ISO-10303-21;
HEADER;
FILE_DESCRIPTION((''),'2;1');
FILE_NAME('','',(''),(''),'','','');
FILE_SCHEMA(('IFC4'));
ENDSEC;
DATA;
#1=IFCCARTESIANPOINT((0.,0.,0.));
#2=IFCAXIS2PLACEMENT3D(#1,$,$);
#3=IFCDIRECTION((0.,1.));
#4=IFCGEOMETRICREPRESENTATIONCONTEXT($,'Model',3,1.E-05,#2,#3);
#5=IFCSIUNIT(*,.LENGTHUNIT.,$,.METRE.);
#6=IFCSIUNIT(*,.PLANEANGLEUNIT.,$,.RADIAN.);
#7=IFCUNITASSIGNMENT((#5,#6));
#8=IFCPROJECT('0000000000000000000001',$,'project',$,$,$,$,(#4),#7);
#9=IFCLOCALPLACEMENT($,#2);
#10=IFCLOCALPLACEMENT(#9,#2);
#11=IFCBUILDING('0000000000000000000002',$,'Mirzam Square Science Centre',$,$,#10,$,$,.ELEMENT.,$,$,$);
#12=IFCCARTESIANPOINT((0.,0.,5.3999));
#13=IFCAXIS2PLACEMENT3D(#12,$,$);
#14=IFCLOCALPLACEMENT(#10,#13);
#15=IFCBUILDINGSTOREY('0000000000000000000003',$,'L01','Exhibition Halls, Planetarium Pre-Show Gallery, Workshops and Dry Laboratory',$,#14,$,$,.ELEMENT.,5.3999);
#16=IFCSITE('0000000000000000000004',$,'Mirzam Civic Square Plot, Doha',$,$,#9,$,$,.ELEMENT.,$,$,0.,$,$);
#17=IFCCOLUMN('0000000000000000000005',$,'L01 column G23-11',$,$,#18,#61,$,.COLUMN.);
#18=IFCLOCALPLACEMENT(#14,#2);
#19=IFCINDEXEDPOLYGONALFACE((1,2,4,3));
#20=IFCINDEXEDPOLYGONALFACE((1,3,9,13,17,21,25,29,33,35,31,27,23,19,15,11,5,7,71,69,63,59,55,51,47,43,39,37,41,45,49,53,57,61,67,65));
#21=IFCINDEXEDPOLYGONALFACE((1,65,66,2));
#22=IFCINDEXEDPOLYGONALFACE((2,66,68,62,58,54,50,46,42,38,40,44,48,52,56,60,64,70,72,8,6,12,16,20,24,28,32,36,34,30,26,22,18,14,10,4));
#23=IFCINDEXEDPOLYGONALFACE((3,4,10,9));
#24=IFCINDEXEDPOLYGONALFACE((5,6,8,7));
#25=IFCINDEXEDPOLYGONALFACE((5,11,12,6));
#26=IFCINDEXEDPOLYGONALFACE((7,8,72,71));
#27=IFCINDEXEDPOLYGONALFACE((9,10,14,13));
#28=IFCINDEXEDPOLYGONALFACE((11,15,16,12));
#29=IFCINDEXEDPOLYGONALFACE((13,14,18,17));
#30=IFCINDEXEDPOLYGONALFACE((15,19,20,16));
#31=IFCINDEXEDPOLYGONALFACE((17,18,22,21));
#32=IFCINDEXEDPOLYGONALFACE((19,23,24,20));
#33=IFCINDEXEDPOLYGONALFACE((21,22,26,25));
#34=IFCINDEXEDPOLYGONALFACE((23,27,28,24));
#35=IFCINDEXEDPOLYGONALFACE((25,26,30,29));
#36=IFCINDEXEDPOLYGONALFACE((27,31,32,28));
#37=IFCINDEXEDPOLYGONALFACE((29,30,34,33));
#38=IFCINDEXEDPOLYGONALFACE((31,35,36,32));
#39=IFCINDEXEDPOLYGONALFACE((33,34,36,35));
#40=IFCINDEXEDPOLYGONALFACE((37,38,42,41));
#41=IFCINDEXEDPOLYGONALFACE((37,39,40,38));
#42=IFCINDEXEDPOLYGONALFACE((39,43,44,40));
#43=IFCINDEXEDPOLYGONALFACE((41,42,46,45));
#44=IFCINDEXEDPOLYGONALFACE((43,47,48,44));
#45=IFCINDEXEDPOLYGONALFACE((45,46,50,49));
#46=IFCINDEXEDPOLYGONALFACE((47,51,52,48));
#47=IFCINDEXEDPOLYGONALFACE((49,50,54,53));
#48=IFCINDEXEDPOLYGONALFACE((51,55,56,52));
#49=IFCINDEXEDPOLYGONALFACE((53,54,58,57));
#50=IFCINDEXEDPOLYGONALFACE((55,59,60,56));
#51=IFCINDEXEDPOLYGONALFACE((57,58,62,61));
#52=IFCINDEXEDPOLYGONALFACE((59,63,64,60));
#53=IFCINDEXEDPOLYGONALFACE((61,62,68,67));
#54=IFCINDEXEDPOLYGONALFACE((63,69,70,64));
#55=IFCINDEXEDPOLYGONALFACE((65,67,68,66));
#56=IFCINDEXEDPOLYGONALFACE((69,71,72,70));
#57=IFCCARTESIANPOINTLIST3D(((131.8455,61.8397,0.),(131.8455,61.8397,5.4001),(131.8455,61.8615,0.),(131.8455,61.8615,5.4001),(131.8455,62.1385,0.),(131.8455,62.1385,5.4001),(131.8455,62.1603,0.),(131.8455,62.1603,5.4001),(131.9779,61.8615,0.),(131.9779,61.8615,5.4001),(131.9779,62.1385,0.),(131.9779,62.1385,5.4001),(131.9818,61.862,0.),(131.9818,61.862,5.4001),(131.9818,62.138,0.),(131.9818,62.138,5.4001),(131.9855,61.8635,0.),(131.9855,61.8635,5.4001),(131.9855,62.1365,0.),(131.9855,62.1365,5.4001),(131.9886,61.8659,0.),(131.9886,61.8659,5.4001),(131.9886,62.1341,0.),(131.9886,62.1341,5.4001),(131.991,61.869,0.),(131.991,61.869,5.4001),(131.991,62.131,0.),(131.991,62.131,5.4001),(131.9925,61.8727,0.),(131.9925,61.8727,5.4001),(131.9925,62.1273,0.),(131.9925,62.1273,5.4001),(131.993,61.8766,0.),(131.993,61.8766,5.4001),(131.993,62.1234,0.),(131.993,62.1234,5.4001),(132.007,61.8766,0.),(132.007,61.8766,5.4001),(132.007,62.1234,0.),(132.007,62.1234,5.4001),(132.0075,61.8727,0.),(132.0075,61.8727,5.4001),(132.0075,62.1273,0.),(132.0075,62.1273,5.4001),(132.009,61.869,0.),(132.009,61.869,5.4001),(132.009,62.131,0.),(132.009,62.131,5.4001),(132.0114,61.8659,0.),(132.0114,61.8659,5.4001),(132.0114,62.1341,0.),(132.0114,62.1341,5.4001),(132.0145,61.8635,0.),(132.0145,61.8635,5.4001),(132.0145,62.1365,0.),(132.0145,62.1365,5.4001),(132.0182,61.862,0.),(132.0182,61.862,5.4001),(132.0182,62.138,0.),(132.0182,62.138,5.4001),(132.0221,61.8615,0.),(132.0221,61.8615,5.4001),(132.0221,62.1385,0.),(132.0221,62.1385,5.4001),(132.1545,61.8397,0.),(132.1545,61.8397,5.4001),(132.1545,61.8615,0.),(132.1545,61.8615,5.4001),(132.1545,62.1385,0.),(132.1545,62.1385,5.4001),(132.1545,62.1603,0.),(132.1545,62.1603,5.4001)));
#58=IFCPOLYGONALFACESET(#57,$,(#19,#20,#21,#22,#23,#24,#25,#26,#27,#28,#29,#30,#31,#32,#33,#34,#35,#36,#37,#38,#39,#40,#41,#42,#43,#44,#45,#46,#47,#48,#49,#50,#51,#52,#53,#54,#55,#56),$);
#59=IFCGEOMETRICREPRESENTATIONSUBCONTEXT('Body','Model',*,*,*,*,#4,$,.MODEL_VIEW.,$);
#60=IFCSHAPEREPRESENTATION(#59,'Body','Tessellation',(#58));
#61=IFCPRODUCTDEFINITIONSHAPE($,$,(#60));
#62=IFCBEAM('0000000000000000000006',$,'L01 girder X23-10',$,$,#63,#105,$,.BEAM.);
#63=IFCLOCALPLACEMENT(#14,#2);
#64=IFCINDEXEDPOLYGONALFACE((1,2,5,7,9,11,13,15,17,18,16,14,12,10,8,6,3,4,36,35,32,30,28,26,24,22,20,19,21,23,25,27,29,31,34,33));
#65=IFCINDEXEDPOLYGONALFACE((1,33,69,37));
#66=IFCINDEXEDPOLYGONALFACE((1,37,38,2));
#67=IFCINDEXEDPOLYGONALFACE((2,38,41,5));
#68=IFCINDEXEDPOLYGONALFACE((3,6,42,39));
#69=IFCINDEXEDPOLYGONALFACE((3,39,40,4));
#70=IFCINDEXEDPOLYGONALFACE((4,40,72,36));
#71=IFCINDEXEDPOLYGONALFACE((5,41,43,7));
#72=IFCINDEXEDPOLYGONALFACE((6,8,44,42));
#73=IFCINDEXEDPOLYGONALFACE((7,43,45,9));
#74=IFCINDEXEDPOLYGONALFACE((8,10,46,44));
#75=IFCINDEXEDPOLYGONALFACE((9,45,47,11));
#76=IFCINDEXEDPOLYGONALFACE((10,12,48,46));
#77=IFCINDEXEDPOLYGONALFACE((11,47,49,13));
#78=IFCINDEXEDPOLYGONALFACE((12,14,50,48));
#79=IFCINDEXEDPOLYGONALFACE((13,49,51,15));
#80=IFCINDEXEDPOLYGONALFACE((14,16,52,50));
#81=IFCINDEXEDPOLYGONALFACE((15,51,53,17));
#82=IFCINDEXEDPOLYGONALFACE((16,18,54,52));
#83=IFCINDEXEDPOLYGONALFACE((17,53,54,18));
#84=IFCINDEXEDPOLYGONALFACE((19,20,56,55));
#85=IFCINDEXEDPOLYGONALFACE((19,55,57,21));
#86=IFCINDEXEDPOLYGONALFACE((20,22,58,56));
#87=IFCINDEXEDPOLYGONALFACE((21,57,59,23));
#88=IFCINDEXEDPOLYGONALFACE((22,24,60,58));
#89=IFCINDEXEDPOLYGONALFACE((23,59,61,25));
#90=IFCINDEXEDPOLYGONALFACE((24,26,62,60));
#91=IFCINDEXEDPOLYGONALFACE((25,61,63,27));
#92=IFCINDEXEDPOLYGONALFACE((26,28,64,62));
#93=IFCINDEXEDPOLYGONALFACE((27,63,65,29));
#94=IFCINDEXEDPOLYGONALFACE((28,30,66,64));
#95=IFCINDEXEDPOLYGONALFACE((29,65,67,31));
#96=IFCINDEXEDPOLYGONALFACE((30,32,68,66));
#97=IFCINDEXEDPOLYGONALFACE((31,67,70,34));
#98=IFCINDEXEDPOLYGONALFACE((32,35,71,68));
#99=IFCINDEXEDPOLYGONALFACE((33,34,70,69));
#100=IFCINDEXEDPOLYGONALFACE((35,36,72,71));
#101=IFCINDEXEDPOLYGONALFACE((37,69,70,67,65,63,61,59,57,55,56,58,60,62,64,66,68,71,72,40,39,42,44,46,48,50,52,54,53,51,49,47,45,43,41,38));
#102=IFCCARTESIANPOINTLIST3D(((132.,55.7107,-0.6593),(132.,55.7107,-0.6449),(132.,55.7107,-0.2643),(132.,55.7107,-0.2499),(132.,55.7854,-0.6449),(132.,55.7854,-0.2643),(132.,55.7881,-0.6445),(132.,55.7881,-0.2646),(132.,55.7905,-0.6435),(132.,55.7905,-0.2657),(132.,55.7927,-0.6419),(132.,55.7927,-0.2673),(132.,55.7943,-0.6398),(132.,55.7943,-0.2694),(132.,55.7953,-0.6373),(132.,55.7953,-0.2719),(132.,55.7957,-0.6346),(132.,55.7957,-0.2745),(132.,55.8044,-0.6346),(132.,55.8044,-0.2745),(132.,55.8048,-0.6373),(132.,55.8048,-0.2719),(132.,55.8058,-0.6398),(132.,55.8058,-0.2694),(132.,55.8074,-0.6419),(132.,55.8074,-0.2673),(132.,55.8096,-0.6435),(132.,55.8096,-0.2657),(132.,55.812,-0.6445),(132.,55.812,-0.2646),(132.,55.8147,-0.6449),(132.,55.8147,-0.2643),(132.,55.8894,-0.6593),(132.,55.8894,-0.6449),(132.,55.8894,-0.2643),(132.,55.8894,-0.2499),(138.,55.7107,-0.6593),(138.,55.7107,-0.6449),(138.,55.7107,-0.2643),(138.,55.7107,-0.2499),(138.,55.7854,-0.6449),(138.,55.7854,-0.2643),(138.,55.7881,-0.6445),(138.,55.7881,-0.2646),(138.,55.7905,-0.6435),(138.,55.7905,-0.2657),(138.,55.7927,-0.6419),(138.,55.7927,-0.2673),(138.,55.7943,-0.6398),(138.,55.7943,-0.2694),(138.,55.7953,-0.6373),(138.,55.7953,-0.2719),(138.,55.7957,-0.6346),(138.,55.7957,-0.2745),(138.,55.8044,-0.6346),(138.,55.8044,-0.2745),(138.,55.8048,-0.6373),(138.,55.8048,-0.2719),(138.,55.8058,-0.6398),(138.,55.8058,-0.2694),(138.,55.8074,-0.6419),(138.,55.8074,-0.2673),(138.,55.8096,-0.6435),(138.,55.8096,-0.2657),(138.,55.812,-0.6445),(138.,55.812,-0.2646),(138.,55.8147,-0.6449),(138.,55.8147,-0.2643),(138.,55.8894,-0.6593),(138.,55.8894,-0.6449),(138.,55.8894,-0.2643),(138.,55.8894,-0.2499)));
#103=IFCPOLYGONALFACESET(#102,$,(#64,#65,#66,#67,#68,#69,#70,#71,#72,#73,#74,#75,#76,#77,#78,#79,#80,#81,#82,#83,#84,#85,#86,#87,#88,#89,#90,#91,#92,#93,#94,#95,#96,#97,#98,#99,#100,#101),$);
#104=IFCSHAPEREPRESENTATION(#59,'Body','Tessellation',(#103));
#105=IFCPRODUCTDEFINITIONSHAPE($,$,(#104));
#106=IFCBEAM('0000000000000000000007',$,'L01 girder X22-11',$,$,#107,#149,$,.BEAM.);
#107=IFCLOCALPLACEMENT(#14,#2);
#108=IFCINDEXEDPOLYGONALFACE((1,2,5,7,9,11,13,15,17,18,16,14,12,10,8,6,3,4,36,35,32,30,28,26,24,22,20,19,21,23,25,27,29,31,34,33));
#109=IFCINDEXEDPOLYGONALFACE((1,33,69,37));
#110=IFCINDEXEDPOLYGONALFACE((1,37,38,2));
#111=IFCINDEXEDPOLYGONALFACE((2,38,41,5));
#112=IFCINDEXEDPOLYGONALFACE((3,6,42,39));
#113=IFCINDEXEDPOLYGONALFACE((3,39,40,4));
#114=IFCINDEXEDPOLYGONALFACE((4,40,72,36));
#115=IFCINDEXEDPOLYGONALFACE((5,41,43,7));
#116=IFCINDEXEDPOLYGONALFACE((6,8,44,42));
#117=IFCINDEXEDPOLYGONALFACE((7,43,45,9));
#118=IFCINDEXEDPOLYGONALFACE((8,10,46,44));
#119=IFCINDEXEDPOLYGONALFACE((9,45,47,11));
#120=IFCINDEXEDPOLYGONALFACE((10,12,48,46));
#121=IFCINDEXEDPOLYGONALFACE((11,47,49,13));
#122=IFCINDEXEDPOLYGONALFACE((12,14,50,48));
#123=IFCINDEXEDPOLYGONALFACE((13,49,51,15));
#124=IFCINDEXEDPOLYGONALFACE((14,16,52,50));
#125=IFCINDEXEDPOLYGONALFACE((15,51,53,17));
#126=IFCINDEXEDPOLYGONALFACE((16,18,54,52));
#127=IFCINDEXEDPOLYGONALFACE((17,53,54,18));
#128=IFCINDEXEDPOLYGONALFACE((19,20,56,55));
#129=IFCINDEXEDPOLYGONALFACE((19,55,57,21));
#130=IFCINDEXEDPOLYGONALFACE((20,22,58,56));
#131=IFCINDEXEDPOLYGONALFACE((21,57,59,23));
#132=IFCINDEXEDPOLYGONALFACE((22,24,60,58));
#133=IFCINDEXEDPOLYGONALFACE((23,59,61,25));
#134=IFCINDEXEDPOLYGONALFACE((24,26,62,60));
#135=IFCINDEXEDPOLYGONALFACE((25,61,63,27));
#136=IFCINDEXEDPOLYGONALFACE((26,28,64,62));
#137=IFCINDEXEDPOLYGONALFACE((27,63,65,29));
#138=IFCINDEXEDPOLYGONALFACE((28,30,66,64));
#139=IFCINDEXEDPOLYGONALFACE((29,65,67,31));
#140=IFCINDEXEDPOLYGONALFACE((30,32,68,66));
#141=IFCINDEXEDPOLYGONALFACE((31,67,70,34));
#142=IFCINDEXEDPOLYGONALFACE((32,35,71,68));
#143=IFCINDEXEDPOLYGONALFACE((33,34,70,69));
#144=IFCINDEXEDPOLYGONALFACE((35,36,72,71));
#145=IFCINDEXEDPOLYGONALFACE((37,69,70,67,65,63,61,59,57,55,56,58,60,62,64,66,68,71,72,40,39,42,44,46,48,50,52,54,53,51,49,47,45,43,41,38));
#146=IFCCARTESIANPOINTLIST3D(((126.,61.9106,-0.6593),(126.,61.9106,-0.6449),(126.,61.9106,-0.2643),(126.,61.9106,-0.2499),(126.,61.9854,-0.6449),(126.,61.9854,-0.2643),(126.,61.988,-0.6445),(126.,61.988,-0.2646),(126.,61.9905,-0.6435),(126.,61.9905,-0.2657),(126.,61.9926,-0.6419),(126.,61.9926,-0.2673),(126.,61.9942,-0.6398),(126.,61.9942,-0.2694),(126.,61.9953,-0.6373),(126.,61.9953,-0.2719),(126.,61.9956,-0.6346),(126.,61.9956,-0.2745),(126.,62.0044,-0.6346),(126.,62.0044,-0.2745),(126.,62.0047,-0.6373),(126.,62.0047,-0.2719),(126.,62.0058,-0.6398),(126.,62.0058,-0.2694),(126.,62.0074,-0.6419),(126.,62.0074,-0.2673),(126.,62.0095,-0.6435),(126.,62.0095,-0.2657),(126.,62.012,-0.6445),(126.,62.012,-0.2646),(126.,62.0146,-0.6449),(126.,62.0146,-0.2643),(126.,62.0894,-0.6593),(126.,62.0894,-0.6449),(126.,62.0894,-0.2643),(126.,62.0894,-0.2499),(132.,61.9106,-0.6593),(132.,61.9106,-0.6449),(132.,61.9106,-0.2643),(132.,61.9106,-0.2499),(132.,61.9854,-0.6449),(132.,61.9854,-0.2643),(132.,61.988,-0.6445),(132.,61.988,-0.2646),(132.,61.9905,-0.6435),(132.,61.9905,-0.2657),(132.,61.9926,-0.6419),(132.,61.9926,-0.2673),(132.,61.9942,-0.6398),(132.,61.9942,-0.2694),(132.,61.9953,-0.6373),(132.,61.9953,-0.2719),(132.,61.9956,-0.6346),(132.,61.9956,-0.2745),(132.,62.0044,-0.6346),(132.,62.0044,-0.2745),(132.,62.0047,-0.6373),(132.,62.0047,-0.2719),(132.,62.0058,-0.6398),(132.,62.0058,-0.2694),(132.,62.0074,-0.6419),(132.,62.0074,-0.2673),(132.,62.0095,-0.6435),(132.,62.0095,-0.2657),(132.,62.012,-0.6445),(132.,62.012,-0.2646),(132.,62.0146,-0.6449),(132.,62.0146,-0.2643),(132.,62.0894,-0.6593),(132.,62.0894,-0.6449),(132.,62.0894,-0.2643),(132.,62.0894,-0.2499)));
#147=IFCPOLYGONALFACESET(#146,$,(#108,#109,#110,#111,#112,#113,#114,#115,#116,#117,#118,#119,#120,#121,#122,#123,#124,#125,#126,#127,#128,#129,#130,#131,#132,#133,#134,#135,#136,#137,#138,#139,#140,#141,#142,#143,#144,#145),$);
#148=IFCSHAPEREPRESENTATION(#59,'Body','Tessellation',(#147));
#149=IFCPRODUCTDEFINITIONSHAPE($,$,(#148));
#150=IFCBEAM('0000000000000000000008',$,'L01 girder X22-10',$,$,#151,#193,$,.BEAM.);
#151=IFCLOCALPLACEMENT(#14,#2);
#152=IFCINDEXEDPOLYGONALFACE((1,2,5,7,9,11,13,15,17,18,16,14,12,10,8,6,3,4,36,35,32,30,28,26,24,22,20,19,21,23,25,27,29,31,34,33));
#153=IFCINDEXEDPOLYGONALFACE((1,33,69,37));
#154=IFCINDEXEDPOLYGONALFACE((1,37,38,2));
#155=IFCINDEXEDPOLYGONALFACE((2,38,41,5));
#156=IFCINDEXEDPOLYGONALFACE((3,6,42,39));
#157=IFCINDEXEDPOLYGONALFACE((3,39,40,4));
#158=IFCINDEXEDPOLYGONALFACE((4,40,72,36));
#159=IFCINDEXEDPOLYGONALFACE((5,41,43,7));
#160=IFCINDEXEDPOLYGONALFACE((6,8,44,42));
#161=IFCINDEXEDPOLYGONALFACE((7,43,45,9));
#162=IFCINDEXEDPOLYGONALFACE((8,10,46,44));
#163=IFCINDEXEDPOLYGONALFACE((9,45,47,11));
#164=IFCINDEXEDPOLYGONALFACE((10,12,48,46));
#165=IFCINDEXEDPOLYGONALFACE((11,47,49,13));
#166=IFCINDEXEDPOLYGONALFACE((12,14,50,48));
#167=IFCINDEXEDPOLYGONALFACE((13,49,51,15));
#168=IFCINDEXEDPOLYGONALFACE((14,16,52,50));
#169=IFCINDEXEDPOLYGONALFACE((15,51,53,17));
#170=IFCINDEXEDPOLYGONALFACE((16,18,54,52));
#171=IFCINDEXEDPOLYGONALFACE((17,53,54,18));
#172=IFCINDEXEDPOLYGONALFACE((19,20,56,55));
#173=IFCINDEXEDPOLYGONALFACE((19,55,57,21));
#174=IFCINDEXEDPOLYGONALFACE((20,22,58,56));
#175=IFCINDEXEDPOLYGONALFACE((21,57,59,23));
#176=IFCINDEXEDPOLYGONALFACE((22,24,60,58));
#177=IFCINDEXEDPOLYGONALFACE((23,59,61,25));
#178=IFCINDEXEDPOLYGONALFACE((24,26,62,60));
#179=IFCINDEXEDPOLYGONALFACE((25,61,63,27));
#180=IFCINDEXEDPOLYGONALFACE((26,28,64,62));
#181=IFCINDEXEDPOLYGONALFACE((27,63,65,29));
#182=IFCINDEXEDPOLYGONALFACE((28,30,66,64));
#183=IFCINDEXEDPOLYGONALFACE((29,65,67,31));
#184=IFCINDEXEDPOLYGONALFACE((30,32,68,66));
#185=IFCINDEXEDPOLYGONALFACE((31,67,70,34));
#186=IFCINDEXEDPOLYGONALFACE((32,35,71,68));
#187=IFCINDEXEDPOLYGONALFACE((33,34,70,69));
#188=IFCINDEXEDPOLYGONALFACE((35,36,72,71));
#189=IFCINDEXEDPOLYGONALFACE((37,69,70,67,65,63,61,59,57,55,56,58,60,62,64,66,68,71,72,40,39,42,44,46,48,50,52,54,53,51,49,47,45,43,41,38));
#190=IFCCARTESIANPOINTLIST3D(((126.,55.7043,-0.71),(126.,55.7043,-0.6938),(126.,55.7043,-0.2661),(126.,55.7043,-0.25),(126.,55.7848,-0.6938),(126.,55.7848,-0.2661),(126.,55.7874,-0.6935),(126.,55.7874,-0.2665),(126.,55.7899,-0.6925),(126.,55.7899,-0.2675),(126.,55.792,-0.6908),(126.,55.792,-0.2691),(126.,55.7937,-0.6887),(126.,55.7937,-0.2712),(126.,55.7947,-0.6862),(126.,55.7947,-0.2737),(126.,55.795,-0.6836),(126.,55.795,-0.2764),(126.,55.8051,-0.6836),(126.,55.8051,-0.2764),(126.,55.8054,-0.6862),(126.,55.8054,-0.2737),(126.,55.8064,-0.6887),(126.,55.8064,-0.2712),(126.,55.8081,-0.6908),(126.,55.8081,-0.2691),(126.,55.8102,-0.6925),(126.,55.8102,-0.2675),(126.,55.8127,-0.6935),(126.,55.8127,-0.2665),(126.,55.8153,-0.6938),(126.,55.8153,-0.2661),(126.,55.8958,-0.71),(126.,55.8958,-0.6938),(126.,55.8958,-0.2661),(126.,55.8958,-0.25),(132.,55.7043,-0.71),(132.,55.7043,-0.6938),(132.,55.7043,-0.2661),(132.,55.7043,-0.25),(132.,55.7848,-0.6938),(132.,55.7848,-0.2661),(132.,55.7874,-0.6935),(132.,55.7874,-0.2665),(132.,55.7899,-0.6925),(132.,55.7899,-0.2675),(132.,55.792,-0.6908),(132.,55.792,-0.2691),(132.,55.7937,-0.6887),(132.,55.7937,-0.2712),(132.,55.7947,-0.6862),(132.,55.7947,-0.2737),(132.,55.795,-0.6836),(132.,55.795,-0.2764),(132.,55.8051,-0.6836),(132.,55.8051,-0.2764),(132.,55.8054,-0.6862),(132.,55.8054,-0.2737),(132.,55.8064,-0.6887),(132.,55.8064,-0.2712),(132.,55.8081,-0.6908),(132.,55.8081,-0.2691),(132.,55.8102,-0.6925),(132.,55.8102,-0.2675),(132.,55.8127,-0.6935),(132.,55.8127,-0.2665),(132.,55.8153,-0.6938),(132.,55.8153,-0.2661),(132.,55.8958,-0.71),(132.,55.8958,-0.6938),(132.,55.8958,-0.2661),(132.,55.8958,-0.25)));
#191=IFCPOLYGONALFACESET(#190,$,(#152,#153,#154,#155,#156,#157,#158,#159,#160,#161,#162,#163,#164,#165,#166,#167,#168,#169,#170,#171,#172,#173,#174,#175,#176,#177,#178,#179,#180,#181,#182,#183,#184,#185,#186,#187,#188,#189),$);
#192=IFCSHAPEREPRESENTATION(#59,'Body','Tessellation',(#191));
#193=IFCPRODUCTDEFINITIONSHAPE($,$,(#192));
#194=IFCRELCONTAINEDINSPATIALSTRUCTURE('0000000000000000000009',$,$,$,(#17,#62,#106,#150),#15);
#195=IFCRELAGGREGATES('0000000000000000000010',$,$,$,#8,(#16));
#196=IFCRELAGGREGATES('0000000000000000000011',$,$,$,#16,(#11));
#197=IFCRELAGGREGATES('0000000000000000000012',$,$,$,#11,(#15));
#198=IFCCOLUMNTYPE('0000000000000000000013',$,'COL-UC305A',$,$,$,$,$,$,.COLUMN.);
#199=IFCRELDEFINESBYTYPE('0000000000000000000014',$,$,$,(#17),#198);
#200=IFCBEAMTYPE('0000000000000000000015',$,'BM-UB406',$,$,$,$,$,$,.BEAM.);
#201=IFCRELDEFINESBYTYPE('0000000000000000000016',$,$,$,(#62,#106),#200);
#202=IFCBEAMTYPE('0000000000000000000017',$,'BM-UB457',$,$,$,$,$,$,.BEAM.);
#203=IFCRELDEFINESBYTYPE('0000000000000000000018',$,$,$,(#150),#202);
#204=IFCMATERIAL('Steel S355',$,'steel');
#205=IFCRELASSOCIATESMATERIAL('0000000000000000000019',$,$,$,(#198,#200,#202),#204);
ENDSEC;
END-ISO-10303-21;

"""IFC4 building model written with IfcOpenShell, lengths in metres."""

from ifc_helpers import new_model, si_unit, direction, frame, origin, origin_2d, place, context, subcontext, project, spatial, i_section, extrude, material, material_profile, profile_set, type_object, element, save


model = new_model("IFC4")

# Units and contexts
model_context = context("Model", 3, precision=1e-05, world=origin(), true_north=direction((0.0, 1.0)))
body_context = subcontext(model_context, "Body", "Model", "MODEL_VIEW")
ifc_project = project(units=[si_unit("LENGTHUNIT", "METRE"), si_unit("PLANEANGLEUNIT", "RADIAN")], contexts=[model_context])

# Site, building, storey
site_placement = place(None, origin())
site = spatial("IfcSite", under=ifc_project, at=site_placement, Name="Mirzam Civic Square Plot, Doha", CompositionType="ELEMENT", RefElevation=0.0)
building_placement = place(site_placement, origin())
building = spatial("IfcBuilding", under=site, at=building_placement, Name="Mirzam Square Science Centre", CompositionType="ELEMENT")
storey_placement = place(building_placement, frame((0.0, 0.0, 5.3999)))
storey = spatial("IfcBuildingStorey", under=building, at=storey_placement, Name="L01", Description="Exhibition Halls, Planetarium Pre-Show Gallery, Workshops and Dry Laboratory", CompositionType="ELEMENT", Elevation=5.3999)

# Column
ifc_material_1 = material(Name="Steel S355", Category="steel")
ifc_material_profile_1 = material_profile(ifc_material_1, i_section(OverallWidth=0.3091, OverallDepth=0.3206, WebThickness=0.0139, FlangeThickness=0.0217, FilletRadius=0.0151, at=origin_2d()), Name="305x305x137UC")
ifc_profile_set_1 = profile_set([ifc_material_profile_1], Name="Steel S355")
column_type_1 = type_object("IfcColumnType", Name="COL-UC305A", PredefinedType="COLUMN", material=ifc_profile_set_1)
for number, where, z_axis, x_axis, name in (
    (1, (132.0, 62.0, 0.0), (0.0, 0.0, 1.0), (1.0, 0.0, 0.0), "L01 column G23-11"),
):
    element("IfcColumn", number, at=place(storey_placement, frame(where, z_axis=z_axis, x_axis=x_axis)), inside=storey, type_object=column_type_1, Name=name, PredefinedType="COLUMN", context=body_context, shape_type="SweptSolid", body=[
        extrude(i_section(OverallWidth=0.3091, OverallDepth=0.3206, WebThickness=0.0139, FlangeThickness=0.0217, FilletRadius=0.0151, at=origin_2d()), origin(), (0.0, 0.0, 1.0), 5.4001),
    ])

# Beams
ifc_material_profile_2 = material_profile(ifc_material_1, i_section(OverallWidth=0.1787, OverallDepth=0.4094, WebThickness=0.0088, FlangeThickness=0.0144, FilletRadius=0.0103, at=origin_2d()), Name="406x178x67UB")
ifc_profile_set_2 = profile_set([ifc_material_profile_2], Name="Steel S355")
beam_type_1 = type_object("IfcBeamType", Name="BM-UB406", PredefinedType="BEAM", material=ifc_profile_set_2)
for number, where, z_axis, x_axis, name in (
    (2, (132.0, 55.8, -0.4546), (1.0, 0.0, 0.0), (0.0, 1.0, 0.0), "L01 girder X23-10"),
    (3, (126.0, 62.0, -0.4546), (1.0, 0.0, 0.0), (0.0, 1.0, 0.0), "L01 girder X22-11"),
):
    element("IfcBeam", number, at=place(storey_placement, frame(where, z_axis=z_axis, x_axis=x_axis)), inside=storey, type_object=beam_type_1, Name=name, PredefinedType="BEAM", context=body_context, shape_type="SweptSolid", body=[
        extrude(i_section(OverallWidth=0.1787, OverallDepth=0.4094, WebThickness=0.0088, FlangeThickness=0.0144, FilletRadius=0.0103, at=origin_2d()), origin(), (0.0, 0.0, 1.0), 6.0),
    ])
ifc_material_profile_3 = material_profile(ifc_material_1, i_section(OverallWidth=0.1914, OverallDepth=0.46, WebThickness=0.01, FlangeThickness=0.0161, FilletRadius=0.0103, at=origin_2d()), Name="457x191x82UB")
ifc_profile_set_3 = profile_set([ifc_material_profile_3], Name="Steel S355")
beam_type_2 = type_object("IfcBeamType", Name="BM-UB457", PredefinedType="BEAM", material=ifc_profile_set_3)
beam_1_placement = place(storey_placement, frame((126.0, 55.8, -0.48), z_axis=(1.0, 0.0, 0.0), x_axis=(0.0, 1.0, 0.0)))
element("IfcBeam", 4, at=beam_1_placement, inside=storey, type_object=beam_type_2, Name="L01 girder X22-10", PredefinedType="BEAM", context=body_context, shape_type="SweptSolid", body=[
    extrude(i_section(OverallWidth=0.1914, OverallDepth=0.46, WebThickness=0.01, FlangeThickness=0.0161, FilletRadius=0.0103, at=origin_2d()), origin(), (0.0, 0.0, 1.0), 6.0),
])

save(model, "model.ifc")
